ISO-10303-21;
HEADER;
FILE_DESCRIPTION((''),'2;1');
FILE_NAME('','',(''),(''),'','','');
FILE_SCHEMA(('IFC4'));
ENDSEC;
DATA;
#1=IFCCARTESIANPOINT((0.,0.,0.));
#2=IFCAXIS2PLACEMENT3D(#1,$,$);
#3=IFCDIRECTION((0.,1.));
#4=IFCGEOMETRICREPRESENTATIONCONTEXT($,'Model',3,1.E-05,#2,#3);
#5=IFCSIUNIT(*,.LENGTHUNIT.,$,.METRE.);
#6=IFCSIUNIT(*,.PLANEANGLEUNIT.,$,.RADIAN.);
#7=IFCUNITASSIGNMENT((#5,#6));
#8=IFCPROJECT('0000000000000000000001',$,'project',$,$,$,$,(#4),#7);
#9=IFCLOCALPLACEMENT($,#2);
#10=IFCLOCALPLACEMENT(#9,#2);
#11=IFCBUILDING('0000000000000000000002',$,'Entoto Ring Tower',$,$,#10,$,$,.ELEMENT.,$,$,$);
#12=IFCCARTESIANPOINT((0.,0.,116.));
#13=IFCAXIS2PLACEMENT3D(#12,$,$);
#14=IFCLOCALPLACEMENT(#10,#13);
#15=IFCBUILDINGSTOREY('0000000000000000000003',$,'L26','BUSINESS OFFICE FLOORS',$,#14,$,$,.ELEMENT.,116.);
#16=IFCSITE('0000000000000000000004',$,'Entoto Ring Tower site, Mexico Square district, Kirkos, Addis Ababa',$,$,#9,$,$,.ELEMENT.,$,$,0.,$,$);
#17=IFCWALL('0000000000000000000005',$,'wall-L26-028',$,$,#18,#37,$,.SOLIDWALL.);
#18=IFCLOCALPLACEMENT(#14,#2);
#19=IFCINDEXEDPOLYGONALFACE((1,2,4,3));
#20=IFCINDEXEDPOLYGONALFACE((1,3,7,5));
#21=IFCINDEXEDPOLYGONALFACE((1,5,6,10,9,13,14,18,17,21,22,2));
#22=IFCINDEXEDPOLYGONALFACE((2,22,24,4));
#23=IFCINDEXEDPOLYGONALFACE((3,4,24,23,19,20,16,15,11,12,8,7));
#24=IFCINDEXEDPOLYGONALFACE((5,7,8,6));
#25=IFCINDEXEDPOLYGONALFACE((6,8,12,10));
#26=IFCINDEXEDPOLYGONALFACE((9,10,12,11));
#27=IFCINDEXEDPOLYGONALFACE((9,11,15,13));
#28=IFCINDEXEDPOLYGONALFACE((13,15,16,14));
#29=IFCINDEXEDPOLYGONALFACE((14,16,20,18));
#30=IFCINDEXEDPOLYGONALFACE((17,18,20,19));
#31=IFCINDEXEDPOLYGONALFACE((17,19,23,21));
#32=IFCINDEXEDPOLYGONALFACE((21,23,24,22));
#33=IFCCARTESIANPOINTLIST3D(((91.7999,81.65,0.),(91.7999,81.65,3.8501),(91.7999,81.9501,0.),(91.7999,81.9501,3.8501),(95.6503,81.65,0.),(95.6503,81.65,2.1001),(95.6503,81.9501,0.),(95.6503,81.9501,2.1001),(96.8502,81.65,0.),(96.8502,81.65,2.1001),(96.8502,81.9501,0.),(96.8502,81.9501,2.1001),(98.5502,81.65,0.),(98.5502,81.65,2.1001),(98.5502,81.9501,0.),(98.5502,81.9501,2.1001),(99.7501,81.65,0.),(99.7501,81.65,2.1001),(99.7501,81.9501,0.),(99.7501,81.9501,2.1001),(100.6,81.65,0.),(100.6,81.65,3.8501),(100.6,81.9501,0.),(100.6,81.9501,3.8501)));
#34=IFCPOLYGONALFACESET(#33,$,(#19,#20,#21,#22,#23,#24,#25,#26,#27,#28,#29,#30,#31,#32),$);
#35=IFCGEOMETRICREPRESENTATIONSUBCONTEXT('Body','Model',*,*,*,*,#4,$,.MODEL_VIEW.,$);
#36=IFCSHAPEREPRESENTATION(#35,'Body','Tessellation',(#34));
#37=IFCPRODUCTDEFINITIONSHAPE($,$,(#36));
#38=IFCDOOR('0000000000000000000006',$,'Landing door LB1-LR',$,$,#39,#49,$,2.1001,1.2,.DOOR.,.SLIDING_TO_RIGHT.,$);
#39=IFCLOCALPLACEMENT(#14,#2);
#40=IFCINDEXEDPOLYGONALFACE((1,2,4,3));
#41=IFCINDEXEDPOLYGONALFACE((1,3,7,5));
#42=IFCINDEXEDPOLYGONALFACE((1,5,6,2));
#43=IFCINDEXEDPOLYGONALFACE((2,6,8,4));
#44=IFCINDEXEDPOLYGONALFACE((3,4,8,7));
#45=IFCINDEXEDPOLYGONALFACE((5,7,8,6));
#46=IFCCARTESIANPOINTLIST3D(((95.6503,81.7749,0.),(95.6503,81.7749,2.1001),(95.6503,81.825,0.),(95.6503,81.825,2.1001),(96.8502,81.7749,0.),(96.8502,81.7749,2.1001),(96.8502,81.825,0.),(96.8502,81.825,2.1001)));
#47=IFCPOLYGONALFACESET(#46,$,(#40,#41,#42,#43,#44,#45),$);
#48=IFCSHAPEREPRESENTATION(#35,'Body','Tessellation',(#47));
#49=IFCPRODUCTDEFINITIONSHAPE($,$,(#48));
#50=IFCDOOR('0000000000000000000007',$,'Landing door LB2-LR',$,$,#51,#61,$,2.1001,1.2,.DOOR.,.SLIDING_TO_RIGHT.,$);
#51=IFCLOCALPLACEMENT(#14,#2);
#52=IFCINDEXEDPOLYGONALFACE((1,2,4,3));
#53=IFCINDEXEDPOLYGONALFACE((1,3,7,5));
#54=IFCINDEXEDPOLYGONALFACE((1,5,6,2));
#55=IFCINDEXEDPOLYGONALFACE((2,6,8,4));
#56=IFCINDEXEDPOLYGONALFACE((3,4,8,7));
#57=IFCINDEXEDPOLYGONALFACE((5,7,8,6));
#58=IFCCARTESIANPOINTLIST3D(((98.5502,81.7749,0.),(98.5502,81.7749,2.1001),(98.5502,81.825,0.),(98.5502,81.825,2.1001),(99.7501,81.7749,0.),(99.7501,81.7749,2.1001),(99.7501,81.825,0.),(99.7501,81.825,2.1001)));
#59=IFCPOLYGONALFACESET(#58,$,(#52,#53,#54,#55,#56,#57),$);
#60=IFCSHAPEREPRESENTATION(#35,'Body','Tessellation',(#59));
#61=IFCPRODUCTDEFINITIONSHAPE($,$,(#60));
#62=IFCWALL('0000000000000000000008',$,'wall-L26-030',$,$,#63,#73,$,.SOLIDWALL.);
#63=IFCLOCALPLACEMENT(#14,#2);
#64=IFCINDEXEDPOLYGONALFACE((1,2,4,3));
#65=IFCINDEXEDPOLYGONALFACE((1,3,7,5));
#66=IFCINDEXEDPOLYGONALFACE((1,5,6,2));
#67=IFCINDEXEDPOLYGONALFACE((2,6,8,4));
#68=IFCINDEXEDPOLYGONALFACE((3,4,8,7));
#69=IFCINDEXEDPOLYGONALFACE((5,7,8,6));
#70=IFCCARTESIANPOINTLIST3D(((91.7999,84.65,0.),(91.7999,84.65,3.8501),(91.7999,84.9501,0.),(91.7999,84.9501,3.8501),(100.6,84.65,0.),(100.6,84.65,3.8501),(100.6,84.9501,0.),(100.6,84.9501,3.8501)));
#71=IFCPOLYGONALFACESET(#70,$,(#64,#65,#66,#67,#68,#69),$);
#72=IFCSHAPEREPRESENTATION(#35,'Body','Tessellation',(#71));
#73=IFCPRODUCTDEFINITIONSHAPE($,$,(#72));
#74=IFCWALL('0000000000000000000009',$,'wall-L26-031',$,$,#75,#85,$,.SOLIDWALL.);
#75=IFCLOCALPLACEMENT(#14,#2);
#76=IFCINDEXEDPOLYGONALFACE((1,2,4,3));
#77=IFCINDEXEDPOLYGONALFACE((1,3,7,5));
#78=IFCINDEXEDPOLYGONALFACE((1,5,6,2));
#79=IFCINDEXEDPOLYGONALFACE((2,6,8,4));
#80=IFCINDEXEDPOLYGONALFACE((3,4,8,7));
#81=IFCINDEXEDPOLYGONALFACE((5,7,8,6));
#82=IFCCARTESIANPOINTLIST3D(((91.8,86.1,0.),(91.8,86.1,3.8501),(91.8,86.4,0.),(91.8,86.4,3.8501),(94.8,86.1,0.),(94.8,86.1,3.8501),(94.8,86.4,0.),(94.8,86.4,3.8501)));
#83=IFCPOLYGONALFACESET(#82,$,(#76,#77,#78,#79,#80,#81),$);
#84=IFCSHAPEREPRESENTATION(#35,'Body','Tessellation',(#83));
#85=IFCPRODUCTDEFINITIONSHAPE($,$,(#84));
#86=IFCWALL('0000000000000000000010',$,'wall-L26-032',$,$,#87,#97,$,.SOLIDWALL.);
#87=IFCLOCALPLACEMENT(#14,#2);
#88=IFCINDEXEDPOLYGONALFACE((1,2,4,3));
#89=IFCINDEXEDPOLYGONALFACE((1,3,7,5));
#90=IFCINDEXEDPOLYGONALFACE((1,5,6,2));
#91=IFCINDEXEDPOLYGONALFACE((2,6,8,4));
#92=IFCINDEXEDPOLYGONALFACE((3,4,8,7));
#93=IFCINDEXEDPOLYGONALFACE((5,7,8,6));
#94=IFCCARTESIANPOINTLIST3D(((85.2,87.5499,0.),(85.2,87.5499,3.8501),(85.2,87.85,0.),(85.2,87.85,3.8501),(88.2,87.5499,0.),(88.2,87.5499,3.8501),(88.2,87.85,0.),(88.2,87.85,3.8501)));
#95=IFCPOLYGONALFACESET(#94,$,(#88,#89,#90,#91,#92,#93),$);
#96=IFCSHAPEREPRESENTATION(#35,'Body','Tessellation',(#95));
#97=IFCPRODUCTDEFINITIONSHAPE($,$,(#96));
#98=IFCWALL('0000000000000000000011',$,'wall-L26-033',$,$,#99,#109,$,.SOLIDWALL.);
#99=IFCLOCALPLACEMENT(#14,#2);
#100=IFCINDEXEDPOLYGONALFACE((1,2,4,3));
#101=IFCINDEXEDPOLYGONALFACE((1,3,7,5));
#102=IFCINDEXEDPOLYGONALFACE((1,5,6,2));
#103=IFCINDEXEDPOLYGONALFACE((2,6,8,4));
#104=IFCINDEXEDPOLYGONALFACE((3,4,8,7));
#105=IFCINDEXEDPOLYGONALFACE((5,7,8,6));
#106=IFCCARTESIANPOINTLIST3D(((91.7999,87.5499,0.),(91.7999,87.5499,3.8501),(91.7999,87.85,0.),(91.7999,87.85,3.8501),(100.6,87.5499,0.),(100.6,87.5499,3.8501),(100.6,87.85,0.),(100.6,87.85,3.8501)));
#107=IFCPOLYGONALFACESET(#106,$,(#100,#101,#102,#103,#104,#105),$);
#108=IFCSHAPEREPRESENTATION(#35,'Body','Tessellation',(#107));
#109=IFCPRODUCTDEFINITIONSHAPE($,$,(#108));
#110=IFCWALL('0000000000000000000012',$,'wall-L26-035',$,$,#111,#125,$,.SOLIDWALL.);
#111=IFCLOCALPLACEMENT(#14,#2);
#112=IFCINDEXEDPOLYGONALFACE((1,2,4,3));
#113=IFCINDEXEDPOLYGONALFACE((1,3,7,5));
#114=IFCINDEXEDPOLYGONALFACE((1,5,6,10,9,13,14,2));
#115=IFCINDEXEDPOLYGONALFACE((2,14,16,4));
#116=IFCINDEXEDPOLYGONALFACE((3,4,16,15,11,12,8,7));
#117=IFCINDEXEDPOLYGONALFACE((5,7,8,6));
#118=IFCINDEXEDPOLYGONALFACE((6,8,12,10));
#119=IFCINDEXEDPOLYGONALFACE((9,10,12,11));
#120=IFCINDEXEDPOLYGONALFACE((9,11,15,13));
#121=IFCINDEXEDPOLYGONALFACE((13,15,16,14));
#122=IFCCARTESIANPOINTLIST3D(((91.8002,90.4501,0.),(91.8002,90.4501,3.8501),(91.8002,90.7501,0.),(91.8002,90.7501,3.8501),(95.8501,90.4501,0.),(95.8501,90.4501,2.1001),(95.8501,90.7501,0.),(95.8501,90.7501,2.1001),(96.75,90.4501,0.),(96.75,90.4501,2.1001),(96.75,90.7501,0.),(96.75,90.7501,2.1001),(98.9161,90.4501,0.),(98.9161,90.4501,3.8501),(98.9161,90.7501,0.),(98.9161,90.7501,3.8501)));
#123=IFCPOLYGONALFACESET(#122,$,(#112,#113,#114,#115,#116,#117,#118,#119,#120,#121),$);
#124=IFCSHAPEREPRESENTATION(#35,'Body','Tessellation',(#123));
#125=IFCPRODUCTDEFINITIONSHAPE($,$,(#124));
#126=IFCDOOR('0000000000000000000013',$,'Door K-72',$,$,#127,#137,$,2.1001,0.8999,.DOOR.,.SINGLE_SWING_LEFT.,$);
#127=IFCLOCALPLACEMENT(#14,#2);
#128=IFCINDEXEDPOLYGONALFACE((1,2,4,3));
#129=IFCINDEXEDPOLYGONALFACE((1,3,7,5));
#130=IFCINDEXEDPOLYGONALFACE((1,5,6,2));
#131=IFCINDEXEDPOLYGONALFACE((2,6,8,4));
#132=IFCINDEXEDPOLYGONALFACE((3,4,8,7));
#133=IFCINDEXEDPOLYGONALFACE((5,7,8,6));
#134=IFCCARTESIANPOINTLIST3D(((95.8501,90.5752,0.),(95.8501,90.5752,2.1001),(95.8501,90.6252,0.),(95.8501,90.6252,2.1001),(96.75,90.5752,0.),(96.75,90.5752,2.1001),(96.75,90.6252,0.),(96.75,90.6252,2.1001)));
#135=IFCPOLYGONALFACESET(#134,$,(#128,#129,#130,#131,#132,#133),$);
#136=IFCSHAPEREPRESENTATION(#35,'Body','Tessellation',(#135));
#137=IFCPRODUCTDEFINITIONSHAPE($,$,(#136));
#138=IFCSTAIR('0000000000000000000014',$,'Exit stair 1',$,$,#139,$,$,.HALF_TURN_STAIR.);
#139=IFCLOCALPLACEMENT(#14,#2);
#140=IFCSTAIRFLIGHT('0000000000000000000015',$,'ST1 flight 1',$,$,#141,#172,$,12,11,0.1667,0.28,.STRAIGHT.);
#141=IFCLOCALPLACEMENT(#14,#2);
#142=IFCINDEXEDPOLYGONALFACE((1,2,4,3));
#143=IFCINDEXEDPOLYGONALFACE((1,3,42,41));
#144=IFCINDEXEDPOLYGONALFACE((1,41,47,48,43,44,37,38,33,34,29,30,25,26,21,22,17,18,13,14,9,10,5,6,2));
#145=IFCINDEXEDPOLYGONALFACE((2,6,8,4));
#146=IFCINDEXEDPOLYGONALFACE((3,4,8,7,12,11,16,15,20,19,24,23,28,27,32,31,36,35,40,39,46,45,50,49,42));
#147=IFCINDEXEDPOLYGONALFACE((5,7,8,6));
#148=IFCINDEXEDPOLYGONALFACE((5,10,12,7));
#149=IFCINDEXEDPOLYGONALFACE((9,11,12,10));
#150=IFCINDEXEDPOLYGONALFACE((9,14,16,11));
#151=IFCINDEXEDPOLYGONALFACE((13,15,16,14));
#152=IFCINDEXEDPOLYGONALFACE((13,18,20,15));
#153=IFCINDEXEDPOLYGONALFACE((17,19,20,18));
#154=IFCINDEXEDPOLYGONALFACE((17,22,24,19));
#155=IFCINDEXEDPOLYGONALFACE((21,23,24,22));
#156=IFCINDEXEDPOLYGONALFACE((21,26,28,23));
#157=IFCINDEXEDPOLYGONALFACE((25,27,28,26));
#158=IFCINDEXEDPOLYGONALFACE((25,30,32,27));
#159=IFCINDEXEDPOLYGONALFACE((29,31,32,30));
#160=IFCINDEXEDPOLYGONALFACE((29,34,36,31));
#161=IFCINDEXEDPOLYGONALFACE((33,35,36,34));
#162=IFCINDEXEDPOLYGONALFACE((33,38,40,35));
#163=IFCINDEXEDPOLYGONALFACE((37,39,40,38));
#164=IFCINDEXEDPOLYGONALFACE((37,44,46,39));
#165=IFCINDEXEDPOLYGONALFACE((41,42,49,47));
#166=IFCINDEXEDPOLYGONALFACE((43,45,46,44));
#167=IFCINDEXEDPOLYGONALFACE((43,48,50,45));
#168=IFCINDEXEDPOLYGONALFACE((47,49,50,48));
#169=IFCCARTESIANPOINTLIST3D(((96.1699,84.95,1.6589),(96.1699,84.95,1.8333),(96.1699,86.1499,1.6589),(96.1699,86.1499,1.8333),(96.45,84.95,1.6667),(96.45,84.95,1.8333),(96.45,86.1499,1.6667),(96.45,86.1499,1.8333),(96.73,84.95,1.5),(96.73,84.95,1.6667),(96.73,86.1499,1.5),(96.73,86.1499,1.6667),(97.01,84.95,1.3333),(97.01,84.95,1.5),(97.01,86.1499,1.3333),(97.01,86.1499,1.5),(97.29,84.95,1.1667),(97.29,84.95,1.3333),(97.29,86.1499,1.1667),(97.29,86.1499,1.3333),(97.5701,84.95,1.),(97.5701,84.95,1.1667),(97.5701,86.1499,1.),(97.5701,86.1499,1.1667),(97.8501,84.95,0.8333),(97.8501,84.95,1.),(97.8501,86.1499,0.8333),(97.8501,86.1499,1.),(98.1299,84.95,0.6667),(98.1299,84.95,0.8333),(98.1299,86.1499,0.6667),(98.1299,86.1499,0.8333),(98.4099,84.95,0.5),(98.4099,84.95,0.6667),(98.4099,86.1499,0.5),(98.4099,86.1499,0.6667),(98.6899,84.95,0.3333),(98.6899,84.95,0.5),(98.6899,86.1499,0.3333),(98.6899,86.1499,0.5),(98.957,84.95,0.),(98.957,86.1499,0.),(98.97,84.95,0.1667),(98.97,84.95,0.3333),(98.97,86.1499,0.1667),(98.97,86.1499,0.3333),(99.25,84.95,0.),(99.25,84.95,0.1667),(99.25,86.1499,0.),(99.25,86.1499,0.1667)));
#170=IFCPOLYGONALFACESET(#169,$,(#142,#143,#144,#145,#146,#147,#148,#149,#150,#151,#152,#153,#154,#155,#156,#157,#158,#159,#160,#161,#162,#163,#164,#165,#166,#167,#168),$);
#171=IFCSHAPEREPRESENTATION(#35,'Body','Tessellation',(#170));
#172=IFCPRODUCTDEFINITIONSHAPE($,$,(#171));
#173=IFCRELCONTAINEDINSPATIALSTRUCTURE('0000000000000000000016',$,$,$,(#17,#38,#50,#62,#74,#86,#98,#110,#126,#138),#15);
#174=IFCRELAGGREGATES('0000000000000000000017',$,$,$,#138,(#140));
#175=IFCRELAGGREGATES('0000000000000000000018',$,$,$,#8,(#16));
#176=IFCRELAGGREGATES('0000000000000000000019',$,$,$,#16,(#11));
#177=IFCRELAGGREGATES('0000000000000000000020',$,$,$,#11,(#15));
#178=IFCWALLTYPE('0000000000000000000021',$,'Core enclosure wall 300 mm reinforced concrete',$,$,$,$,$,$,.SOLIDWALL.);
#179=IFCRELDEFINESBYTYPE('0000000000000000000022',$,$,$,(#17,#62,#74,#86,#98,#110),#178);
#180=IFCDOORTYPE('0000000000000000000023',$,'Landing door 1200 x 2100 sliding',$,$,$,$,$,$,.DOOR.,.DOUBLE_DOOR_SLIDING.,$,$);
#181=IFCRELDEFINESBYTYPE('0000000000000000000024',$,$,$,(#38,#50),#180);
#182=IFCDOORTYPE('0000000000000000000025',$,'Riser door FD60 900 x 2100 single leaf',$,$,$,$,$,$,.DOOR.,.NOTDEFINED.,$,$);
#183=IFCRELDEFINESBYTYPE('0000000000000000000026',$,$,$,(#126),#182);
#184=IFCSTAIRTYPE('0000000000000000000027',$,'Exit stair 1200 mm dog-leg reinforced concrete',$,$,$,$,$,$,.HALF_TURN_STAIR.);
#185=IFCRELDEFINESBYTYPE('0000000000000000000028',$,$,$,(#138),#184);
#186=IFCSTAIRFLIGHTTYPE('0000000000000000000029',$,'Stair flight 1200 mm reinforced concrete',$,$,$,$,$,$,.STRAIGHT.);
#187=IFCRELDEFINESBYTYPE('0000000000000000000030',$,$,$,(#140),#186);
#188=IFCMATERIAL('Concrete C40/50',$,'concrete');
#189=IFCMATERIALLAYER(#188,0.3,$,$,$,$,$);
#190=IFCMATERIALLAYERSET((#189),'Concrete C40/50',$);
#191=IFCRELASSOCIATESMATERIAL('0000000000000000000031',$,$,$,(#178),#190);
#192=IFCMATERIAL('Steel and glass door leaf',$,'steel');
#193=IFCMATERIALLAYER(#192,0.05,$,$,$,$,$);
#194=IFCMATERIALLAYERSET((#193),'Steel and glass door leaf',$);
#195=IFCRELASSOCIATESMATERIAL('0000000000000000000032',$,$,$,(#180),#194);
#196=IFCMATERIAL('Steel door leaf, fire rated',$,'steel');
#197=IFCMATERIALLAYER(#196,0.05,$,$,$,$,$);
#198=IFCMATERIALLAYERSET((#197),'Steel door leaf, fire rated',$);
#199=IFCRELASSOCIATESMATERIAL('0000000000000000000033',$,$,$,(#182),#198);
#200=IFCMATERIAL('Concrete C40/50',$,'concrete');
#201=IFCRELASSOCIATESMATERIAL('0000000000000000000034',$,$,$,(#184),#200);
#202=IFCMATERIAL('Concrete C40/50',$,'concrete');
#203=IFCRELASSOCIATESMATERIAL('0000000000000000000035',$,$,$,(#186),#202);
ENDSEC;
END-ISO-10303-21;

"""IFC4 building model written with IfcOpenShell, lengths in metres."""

from ifc_helpers import new_model, si_unit, direction, frame, frame_2d, origin, place, context, subcontext, project, spatial, polyline, rectangle, outline, extrude, material, layer, layer_set, type_object, element, fill, aggregate, save


model = new_model("IFC4")

# Units and contexts
model_context = context("Model", 3, precision=1e-05, world=origin(), true_north=direction((0.0, 1.0)))
body_context = subcontext(model_context, "Body", "Model", "MODEL_VIEW")
ifc_project = project(units=[si_unit("LENGTHUNIT", "METRE"), si_unit("PLANEANGLEUNIT", "RADIAN")], contexts=[model_context])

# Site, building, storey
site_placement = place(None, origin())
site = spatial("IfcSite", under=ifc_project, at=site_placement, Name="Entoto Ring Tower site, Mexico Square district, Kirkos, Addis Ababa", CompositionType="ELEMENT", RefElevation=0.0)
building_placement = place(site_placement, origin())
building = spatial("IfcBuilding", under=site, at=building_placement, Name="Entoto Ring Tower", CompositionType="ELEMENT")
storey_placement = place(building_placement, frame((0.0, 0.0, 116.0)))
storey = spatial("IfcBuildingStorey", under=building, at=storey_placement, Name="L26", Description="BUSINESS OFFICE FLOORS", CompositionType="ELEMENT", Elevation=116.0)

# Shared definitions
ifc_material_1 = material(Name="Concrete C40/50", Category="concrete")
ifc_layer_1 = layer(ifc_material_1, 0.3)
ifc_layer_set_1 = layer_set([ifc_layer_1], Name="Concrete C40/50")
wall_type = type_object("IfcWallType", Name="Core enclosure wall 300 mm reinforced concrete", PredefinedType="SOLIDWALL", material=ifc_layer_set_1)

# Wall, openings, doors
wall_1_placement = place(storey_placement, frame((91.8, 81.8, 0.0), z_axis=(0.0, 0.0, 1.0), x_axis=(1.0, 0.0, 0.0)))
wall_1 = element("IfcWall", 1, at=wall_1_placement, inside=storey, type_object=wall_type, Name="wall-L26-028", PredefinedType="SOLIDWALL", context=body_context, shape_type="SweptSolid", body=[
    extrude(rectangle(XDim=8.8, YDim=0.3, at=frame_2d((4.3999, 0.0))), origin(), (0.0, 0.0, 1.0), 3.8501),
])
opening_1_placement = place(wall_1_placement, frame((3.8501, 0.0, 0.0)))
opening_1 = element("IfcOpeningElement", 2, at=opening_1_placement, cuts=wall_1, PredefinedType="OPENING", context=body_context, shape_type="SweptSolid", body=[
    extrude(rectangle(XDim=1.2, YDim=2.1001, at=frame_2d((0.6001, 1.05))), frame((0.0, 0.1602, 0.0), z_axis=(0.0, -1.0, 0.0), x_axis=(1.0, 0.0, 0.0)), (0.0, 0.0, 1.0), 0.3201),
])
opening_2_placement = place(wall_1_placement, frame((6.75, 0.0, 0.0)))
opening_2 = element("IfcOpeningElement", 3, at=opening_2_placement, cuts=wall_1, PredefinedType="OPENING", context=body_context, shape_type="SweptSolid", body=[
    extrude(rectangle(XDim=1.2, YDim=2.1001, at=frame_2d((0.6001, 1.05))), frame((0.0, 0.1602, 0.0), z_axis=(0.0, -1.0, 0.0), x_axis=(1.0, 0.0, 0.0)), (0.0, 0.0, 1.0), 0.3201),
])
ifc_material_2 = material(Name="Steel and glass door leaf", Category="steel")
ifc_layer_2 = layer(ifc_material_2, 0.05)
ifc_layer_set_2 = layer_set([ifc_layer_2], Name="Steel and glass door leaf")
door_type_1 = type_object("IfcDoorType", Name="Landing door 1200 x 2100 sliding", OperationType="DOUBLE_DOOR_SLIDING", PredefinedType="DOOR", material=ifc_layer_set_2)
door_1_placement = place(opening_1_placement, origin())
door_1 = element("IfcDoor", 4, at=door_1_placement, inside=storey, type_object=door_type_1, Name="Landing door LB1-LR", OperationType="SLIDING_TO_RIGHT", OverallHeight=2.1001, OverallWidth=1.2, PredefinedType="DOOR", context=body_context, shape_type="SweptSolid", body=[
    extrude(rectangle(XDim=1.2, YDim=2.1001, at=frame_2d((0.6001, 1.05))), frame((0.0, 0.0249, 0.0), z_axis=(0.0, -1.0, 0.0), x_axis=(1.0, 0.0, 0.0)), (0.0, 0.0, 1.0), 0.05),
])
fill(opening_1, door_1)
door_2_placement = place(opening_2_placement, origin())
door_2 = element("IfcDoor", 5, at=door_2_placement, inside=storey, type_object=door_type_1, Name="Landing door LB2-LR", OperationType="SLIDING_TO_RIGHT", OverallHeight=2.1001, OverallWidth=1.2, PredefinedType="DOOR", context=body_context, shape_type="SweptSolid", body=[
    extrude(rectangle(XDim=1.2, YDim=2.1001, at=frame_2d((0.6001, 1.05))), frame((0.0, 0.0249, 0.0), z_axis=(0.0, -1.0, 0.0), x_axis=(1.0, 0.0, 0.0)), (0.0, 0.0, 1.0), 0.05),
])
fill(opening_2, door_2)

# Walls
wall_2_placement = place(storey_placement, frame((91.8, 84.8, 0.0), z_axis=(0.0, 0.0, 1.0), x_axis=(1.0, 0.0, 0.0)))
element("IfcWall", 6, at=wall_2_placement, inside=storey, type_object=wall_type, Name="wall-L26-030", PredefinedType="SOLIDWALL", context=body_context, shape_type="SweptSolid", body=[
    extrude(rectangle(XDim=8.8, YDim=0.3, at=frame_2d((4.3999, 0.0))), origin(), (0.0, 0.0, 1.0), 3.8501),
])
for number, where, z_axis, x_axis, name in (
    (7, (91.8, 86.25, 0.0), (0.0, 0.0, 1.0), (1.0, 0.0, 0.0), "wall-L26-031"),
    (8, (85.2, 87.7, 0.0), (0.0, 0.0, 1.0), (1.0, 0.0, 0.0), "wall-L26-032"),
):
    element("IfcWall", number, at=place(storey_placement, frame(where, z_axis=z_axis, x_axis=x_axis)), inside=storey, type_object=wall_type, Name=name, PredefinedType="SOLIDWALL", context=body_context, shape_type="SweptSolid", body=[
        extrude(rectangle(XDim=3.0, YDim=0.3, at=frame_2d((1.5, 0.0))), origin(), (0.0, 0.0, 1.0), 3.8501),
    ])
wall_3_placement = place(storey_placement, frame((91.8, 87.7, 0.0), z_axis=(0.0, 0.0, 1.0), x_axis=(1.0, 0.0, 0.0)))
element("IfcWall", 9, at=wall_3_placement, inside=storey, type_object=wall_type, Name="wall-L26-033", PredefinedType="SOLIDWALL", context=body_context, shape_type="SweptSolid", body=[
    extrude(rectangle(XDim=8.8, YDim=0.3, at=frame_2d((4.3999, 0.0))), origin(), (0.0, 0.0, 1.0), 3.8501),
])

# Wall, opening, door
wall_4_placement = place(storey_placement, frame((91.8, 90.6001, 0.0), z_axis=(0.0, 0.0, 1.0), x_axis=(1.0, 0.0, 0.0)))
wall_4 = element("IfcWall", 10, at=wall_4_placement, inside=storey, type_object=wall_type, Name="wall-L26-035", PredefinedType="SOLIDWALL", context=body_context, shape_type="SweptSolid", body=[
    extrude(rectangle(XDim=7.116, YDim=0.3, at=frame_2d((3.5581, 0.0))), origin(), (0.0, 0.0, 1.0), 3.8501),
])
opening_3_placement = place(wall_4_placement, frame((4.05, 0.0, 0.0)))
opening_3 = element("IfcOpeningElement", 11, at=opening_3_placement, cuts=wall_4, PredefinedType="OPENING", context=body_context, shape_type="SweptSolid", body=[
    extrude(rectangle(XDim=0.8999, YDim=2.1001, at=frame_2d((0.45, 1.05))), frame((0.0, 0.1602, 0.0), z_axis=(0.0, -1.0, 0.0), x_axis=(1.0, 0.0, 0.0)), (0.0, 0.0, 1.0), 0.3201),
])
ifc_material_3 = material(Name="Steel door leaf, fire rated", Category="steel")
ifc_layer_3 = layer(ifc_material_3, 0.05)
ifc_layer_set_3 = layer_set([ifc_layer_3], Name="Steel door leaf, fire rated")
door_type_2 = type_object("IfcDoorType", Name="Riser door FD60 900 x 2100 single leaf", OperationType="NOTDEFINED", PredefinedType="DOOR", material=ifc_layer_set_3)
door_3_placement = place(opening_3_placement, frame((0.8999, 0.0, 0.0), z_axis=(0.0, 0.0, 1.0), x_axis=(-1.0, 0.0, 0.0)))
door_3 = element("IfcDoor", 12, at=door_3_placement, inside=storey, type_object=door_type_2, Name="Door K-72", OperationType="SINGLE_SWING_LEFT", OverallHeight=2.1001, OverallWidth=0.8999, PredefinedType="DOOR", context=body_context, shape_type="SweptSolid", body=[
    extrude(rectangle(XDim=0.8999, YDim=2.1001, at=frame_2d((0.45, 1.05))), frame((0.0, 0.0249, 0.0), z_axis=(0.0, -1.0, 0.0), x_axis=(1.0, 0.0, 0.0)), (0.0, 0.0, 1.0), 0.05),
])
fill(opening_3, door_3)

# Stair, stair flight
ifc_material_4 = material(Name="Concrete C40/50", Category="concrete")
stair_type = type_object("IfcStairType", Name="Exit stair 1200 mm dog-leg reinforced concrete", PredefinedType="HALF_TURN_STAIR", material=ifc_material_4)
stair_placement = place(storey_placement, origin())
stair = element("IfcStair", 13, at=stair_placement, inside=storey, type_object=stair_type, Name="Exit stair 1", PredefinedType="HALF_TURN_STAIR")
ifc_material_5 = material(Name="Concrete C40/50", Category="concrete")
stair_flight_type = type_object("IfcStairFlightType", Name="Stair flight 1200 mm reinforced concrete", PredefinedType="STRAIGHT", material=ifc_material_5)
stair_flight_1_placement = place(storey_placement, frame((99.25, 85.55, 0.0), z_axis=(0.0, 0.0, 1.0), x_axis=(-1.0, 0.0, 0.0)))
stair_flight_1 = element("IfcStairFlight", 14, at=stair_flight_1_placement, type_object=stair_flight_type, Name="ST1 flight 1", NumberOfRisers=12, NumberOfTreads=11, PredefinedType="STRAIGHT", RiserHeight=0.1667, TreadLength=0.28, context=body_context, shape_type="SweptSolid", body=[
    extrude(outline(polyline([(0.0, 0.0), (0.0, 0.1667), (0.28, 0.1667), (0.28, 0.3333), (0.5601, 0.3333), (0.5601, 0.5), (0.8401, 0.5), (0.8401, 0.6667), (1.1201, 0.6667), (1.1201, 0.8333), (1.3999, 0.8333), (1.3999, 1.0), (1.6799, 1.0), (1.6799, 1.1667), (1.96, 1.1667), (1.96, 1.3333), (2.24, 1.3333), (2.24, 1.5), (2.52, 1.5), (2.52, 1.6667), (2.8, 1.6667), (2.8, 1.8333), (3.0801, 1.8333), (3.0801, 2.0), (3.0801, 1.6589), (0.293, 0.0), (0.0, 0.0)])), frame((0.0, 0.6001, 0.0), z_axis=(0.0, -1.0, 0.0), x_axis=(1.0, 0.0, 0.0)), (0.0, 0.0, 1.0), 1.2),
])
aggregate(stair, [stair_flight_1])

save(model, "model.ifc")
